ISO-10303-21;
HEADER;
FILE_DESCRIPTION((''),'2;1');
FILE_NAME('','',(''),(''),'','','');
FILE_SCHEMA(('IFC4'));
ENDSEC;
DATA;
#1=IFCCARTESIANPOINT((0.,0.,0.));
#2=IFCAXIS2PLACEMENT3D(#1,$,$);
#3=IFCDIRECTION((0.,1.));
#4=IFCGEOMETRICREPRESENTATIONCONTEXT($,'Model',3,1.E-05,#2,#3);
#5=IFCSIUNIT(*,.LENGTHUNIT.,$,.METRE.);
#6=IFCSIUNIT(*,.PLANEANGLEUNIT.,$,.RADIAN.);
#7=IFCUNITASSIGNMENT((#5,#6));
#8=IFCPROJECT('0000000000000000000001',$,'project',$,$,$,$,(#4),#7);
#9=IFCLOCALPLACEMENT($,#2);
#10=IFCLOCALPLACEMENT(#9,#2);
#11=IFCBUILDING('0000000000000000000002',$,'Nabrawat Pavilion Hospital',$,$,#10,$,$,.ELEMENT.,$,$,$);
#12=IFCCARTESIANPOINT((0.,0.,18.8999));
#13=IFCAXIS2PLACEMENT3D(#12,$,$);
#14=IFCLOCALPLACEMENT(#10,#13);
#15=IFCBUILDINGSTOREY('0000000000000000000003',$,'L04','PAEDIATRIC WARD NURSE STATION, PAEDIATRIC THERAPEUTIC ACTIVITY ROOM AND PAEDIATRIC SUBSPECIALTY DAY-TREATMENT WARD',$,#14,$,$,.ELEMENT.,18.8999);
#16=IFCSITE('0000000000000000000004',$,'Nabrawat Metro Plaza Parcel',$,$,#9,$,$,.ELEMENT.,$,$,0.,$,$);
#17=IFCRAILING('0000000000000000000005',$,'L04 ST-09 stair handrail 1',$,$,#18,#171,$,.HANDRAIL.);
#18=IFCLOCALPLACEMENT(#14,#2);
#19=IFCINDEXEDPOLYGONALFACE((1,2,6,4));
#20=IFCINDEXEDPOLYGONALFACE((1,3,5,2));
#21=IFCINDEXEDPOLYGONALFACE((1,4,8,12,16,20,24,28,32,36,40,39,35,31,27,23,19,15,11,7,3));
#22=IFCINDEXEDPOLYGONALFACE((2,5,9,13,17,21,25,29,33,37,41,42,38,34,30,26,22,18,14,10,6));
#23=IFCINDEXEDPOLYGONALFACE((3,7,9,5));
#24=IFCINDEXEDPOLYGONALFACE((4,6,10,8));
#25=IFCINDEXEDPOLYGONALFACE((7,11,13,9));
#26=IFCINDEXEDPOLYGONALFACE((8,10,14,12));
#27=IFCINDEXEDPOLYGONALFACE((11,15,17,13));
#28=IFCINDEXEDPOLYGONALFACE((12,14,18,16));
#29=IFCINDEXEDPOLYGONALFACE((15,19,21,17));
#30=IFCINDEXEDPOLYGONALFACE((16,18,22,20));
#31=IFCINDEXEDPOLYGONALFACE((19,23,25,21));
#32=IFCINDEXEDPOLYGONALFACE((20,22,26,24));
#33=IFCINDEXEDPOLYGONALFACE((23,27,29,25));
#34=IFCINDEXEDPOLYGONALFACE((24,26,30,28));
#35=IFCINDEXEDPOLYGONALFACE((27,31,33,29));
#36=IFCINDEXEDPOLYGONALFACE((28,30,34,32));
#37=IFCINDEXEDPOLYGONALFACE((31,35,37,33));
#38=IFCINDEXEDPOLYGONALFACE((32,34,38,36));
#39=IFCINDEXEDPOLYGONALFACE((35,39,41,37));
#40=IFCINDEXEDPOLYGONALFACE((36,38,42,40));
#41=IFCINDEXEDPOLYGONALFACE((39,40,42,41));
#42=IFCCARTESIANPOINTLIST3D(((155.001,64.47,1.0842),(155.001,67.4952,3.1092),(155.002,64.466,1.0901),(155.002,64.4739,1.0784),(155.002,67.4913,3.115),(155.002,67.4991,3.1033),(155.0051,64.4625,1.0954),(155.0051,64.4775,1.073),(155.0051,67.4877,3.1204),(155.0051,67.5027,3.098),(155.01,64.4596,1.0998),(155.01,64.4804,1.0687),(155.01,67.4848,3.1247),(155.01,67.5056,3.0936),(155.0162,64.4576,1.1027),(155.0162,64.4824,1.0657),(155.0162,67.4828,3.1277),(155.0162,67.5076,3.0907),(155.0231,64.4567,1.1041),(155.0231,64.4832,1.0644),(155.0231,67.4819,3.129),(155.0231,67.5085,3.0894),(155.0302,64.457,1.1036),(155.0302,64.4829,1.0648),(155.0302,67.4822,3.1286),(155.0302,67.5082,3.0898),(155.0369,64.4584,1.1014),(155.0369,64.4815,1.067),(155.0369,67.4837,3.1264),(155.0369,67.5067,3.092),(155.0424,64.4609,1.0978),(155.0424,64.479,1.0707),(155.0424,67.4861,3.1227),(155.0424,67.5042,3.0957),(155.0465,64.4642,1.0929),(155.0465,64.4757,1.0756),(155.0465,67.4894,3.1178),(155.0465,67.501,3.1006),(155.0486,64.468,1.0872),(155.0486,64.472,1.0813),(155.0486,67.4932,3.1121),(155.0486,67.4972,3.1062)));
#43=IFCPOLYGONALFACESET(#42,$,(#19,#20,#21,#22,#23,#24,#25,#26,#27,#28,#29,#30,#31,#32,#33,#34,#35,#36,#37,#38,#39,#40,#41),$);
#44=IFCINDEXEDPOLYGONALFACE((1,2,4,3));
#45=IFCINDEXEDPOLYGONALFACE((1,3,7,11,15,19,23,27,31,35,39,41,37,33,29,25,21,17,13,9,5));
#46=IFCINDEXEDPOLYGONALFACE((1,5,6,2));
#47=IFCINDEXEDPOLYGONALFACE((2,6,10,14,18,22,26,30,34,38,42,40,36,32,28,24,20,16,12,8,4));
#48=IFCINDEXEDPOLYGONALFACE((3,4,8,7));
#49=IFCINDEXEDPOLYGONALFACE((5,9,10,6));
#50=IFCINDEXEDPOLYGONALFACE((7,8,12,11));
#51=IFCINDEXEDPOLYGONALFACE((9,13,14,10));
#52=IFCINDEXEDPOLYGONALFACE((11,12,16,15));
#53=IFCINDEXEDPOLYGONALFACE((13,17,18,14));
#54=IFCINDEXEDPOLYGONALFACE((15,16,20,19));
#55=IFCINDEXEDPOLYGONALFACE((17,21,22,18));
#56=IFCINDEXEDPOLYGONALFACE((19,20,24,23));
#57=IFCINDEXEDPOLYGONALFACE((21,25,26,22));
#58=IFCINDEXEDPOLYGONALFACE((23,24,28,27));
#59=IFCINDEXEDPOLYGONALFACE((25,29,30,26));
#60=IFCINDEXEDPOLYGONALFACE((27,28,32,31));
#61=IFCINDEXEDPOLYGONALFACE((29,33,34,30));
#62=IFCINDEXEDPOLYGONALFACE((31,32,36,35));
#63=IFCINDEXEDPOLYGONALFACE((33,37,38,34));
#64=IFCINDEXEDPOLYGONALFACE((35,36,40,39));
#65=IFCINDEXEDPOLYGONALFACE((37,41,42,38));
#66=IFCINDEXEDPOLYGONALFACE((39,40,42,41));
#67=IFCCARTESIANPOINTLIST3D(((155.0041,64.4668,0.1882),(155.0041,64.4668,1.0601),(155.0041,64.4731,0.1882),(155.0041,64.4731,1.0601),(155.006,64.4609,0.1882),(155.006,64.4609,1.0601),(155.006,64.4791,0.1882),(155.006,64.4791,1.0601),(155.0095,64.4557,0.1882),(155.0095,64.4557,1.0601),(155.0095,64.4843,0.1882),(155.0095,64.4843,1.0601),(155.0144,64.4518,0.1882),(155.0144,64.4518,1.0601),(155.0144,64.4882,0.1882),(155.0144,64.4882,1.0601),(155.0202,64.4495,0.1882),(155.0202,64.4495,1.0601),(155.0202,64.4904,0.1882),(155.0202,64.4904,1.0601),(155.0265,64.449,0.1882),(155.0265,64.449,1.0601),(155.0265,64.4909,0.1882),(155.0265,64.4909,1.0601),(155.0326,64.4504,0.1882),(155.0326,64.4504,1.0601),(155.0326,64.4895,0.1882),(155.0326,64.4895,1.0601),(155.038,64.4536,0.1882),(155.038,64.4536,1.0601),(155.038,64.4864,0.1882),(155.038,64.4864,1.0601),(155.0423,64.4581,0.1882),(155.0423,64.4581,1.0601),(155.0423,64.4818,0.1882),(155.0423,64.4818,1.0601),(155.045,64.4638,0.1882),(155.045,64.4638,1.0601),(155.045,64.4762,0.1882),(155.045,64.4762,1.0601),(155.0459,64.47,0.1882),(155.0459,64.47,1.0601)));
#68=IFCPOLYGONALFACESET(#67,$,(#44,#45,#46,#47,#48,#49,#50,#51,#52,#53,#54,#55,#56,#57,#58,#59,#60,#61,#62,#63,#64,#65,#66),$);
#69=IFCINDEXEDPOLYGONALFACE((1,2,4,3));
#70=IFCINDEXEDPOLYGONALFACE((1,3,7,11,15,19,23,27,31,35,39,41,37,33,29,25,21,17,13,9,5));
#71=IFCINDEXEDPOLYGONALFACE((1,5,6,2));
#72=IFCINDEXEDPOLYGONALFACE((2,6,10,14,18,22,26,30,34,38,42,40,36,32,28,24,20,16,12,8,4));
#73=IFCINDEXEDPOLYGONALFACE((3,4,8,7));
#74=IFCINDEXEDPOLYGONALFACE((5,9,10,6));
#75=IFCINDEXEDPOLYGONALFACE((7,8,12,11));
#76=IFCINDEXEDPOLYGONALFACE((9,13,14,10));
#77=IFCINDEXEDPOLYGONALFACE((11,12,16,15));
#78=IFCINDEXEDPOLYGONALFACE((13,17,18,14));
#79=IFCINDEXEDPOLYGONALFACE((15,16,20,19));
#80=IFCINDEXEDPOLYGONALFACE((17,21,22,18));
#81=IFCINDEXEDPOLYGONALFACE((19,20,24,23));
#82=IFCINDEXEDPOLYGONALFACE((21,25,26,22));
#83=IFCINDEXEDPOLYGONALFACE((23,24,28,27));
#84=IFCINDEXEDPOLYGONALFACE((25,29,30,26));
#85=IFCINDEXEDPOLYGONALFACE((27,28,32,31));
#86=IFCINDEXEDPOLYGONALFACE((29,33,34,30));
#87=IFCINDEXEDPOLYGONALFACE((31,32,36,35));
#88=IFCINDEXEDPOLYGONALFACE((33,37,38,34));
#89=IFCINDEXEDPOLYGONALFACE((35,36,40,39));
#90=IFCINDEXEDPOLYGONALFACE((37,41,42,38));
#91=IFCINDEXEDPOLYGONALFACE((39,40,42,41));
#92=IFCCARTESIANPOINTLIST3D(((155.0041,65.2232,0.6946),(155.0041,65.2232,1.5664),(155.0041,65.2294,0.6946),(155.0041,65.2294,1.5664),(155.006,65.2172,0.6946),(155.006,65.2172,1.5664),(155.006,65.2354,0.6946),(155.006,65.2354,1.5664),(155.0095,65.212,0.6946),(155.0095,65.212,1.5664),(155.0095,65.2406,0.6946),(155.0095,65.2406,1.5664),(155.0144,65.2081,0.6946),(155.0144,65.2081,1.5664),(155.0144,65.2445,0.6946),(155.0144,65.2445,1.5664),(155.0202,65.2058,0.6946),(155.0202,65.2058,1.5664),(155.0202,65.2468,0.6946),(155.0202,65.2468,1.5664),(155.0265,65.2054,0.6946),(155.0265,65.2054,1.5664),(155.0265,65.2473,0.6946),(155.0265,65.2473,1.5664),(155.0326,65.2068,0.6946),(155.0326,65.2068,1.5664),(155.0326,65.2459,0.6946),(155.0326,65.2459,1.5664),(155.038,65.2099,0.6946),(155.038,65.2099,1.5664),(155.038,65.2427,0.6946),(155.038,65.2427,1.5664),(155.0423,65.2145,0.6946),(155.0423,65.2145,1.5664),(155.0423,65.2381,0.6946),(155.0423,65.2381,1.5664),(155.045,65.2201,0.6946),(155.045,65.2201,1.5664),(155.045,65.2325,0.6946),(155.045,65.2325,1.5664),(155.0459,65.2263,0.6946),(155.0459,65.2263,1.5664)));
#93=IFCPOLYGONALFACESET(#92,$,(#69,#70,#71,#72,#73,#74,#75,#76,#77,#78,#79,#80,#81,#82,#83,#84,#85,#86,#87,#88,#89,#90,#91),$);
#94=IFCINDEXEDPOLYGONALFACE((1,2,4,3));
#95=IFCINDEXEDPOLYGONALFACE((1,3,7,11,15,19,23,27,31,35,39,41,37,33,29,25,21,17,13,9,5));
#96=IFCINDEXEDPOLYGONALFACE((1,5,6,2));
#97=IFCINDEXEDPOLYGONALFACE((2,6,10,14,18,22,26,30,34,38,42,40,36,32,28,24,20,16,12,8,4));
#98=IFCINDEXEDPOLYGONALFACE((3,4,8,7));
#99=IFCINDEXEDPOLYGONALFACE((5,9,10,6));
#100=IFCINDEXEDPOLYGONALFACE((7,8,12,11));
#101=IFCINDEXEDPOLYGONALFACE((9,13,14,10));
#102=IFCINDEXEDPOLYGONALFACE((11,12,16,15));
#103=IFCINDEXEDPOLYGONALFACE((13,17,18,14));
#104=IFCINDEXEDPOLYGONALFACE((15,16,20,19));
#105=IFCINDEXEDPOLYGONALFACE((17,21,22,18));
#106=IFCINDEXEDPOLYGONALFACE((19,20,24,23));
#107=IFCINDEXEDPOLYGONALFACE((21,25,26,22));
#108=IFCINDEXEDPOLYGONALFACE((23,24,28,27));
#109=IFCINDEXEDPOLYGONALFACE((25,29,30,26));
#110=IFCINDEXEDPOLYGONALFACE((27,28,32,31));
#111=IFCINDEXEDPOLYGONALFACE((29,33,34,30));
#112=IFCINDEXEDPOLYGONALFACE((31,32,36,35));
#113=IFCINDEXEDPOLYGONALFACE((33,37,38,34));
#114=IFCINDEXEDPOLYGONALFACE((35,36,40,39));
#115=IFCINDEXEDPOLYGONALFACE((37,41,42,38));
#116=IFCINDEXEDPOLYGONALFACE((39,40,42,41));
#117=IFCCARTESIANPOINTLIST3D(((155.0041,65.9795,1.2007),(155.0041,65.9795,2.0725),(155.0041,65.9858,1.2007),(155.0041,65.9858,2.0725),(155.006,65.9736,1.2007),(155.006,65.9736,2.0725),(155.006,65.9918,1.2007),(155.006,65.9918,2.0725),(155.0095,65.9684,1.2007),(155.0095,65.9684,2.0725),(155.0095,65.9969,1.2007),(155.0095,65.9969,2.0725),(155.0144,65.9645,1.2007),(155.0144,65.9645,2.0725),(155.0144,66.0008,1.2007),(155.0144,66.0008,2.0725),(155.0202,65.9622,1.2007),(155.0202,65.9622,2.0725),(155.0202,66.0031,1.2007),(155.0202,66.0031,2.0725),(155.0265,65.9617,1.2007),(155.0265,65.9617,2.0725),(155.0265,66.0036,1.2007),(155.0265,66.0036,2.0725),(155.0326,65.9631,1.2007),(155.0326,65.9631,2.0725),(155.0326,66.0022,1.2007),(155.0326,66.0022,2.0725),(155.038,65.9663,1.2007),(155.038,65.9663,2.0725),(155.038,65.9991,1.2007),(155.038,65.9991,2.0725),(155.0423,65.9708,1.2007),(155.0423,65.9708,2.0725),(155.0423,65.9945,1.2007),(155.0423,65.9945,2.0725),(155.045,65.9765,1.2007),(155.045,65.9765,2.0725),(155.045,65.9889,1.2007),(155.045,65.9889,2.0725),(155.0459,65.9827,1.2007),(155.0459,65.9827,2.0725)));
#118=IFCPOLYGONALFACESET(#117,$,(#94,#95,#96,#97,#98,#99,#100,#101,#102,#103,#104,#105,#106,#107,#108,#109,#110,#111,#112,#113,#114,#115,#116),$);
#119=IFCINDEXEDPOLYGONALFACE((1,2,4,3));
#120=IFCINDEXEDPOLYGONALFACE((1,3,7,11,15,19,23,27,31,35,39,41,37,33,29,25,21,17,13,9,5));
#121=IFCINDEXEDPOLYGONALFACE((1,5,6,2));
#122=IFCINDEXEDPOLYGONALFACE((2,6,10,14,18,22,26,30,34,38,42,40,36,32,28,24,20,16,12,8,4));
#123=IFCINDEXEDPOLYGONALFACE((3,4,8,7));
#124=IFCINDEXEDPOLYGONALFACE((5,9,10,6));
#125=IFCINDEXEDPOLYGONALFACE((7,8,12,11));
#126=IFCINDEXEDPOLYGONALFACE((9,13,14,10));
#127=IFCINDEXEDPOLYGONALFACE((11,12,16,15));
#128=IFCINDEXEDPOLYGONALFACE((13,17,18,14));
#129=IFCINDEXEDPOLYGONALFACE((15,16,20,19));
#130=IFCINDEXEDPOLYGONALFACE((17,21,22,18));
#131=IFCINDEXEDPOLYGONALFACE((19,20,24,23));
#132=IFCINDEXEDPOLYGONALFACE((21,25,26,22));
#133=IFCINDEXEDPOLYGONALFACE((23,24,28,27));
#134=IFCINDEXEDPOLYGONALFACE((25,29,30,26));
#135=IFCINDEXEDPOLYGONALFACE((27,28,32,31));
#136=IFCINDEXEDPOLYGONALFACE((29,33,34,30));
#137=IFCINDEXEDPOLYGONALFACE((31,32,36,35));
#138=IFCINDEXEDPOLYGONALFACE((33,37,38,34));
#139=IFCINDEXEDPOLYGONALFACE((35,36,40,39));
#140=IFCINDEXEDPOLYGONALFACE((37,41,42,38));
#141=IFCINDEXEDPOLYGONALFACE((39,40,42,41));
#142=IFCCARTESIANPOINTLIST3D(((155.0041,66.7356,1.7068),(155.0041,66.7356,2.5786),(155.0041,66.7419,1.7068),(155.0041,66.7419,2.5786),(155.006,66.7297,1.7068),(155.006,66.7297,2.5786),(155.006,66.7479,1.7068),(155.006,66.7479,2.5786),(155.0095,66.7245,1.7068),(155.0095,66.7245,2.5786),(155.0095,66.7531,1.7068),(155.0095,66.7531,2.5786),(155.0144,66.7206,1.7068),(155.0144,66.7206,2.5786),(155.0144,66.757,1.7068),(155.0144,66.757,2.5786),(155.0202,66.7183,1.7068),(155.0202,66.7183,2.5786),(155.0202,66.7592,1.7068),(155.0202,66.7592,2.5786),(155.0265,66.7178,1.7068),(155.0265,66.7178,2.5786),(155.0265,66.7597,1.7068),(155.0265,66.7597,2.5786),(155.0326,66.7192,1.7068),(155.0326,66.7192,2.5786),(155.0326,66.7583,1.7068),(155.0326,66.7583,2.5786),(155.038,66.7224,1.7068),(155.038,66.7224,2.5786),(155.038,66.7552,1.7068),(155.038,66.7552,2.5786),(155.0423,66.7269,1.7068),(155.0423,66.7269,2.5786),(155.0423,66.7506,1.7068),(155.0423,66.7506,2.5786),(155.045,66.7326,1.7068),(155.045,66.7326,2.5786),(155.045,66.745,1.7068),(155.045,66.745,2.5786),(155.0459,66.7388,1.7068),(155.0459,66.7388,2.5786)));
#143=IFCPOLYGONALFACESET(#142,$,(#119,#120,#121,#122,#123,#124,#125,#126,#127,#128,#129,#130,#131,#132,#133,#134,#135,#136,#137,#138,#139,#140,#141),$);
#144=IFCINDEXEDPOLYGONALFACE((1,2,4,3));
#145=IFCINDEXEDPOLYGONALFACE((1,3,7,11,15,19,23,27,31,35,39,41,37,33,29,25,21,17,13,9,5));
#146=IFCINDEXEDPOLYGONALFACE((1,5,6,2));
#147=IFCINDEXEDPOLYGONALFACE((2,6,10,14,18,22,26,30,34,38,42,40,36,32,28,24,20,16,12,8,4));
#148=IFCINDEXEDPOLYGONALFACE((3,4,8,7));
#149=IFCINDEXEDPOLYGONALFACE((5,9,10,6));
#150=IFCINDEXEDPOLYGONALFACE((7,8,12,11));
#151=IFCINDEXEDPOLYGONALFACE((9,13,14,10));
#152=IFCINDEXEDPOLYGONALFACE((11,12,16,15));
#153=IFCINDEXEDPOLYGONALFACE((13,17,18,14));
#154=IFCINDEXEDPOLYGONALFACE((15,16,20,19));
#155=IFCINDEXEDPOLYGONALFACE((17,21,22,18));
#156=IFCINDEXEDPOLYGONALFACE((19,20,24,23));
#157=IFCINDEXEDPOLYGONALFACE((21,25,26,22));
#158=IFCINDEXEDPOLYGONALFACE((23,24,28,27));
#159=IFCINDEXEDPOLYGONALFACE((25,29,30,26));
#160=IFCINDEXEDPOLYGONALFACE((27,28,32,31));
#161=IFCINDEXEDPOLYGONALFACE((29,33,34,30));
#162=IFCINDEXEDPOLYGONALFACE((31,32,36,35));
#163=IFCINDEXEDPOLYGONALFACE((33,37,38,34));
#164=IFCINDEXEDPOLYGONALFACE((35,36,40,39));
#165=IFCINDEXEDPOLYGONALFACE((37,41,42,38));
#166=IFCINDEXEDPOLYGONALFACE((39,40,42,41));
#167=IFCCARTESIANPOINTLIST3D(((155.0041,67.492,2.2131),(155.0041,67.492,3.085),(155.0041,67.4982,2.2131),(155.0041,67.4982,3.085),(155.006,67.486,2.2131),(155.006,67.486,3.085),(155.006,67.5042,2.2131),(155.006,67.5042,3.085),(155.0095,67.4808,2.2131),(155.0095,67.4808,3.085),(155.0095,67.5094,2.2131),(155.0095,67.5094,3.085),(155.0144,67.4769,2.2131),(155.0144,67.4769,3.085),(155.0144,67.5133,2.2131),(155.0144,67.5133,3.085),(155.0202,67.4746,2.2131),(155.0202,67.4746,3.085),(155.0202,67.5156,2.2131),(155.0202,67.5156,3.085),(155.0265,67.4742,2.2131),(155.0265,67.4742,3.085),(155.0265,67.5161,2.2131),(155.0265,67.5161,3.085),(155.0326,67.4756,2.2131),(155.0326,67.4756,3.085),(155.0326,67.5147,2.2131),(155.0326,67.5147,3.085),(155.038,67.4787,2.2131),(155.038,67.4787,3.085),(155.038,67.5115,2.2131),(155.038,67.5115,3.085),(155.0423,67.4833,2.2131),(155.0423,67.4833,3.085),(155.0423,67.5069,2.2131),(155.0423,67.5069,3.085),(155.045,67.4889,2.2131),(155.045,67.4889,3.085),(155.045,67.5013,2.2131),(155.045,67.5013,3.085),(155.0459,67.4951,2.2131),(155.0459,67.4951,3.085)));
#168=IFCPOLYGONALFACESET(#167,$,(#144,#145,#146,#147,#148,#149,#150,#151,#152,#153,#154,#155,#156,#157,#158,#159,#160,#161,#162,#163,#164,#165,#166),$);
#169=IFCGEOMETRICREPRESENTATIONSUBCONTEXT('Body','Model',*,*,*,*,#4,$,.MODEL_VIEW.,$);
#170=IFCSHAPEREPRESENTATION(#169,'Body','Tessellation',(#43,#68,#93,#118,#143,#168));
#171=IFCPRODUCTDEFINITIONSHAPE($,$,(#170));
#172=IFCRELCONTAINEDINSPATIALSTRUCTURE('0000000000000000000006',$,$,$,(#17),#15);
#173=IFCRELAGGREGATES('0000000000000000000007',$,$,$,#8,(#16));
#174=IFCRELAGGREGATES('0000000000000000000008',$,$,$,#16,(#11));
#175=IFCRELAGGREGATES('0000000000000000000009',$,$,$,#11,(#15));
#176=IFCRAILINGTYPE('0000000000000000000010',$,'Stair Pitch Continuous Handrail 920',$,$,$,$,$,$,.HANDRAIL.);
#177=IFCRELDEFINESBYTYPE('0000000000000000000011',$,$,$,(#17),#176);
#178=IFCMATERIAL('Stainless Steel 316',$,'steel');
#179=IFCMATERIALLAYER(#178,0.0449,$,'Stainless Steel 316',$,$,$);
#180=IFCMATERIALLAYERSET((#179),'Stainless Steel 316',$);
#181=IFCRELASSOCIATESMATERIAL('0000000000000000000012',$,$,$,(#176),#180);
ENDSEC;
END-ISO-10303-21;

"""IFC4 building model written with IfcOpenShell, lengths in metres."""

from ifc_helpers import new_model, si_unit, direction, frame, origin, origin_2d, place, context, subcontext, project, spatial, circle, extrude, material, layer, layer_set, type_object, element, save


model = new_model("IFC4")

# Units and contexts
model_context = context("Model", 3, precision=1e-05, world=origin(), true_north=direction((0.0, 1.0)))
body_context = subcontext(model_context, "Body", "Model", "MODEL_VIEW")
ifc_project = project(units=[si_unit("LENGTHUNIT", "METRE"), si_unit("PLANEANGLEUNIT", "RADIAN")], contexts=[model_context])

# Site, building, storey
site_placement = place(None, origin())
site = spatial("IfcSite", under=ifc_project, at=site_placement, Name="Nabrawat Metro Plaza Parcel", CompositionType="ELEMENT", RefElevation=0.0)
building_placement = place(site_placement, origin())
building = spatial("IfcBuilding", under=site, at=building_placement, Name="Nabrawat Pavilion Hospital", CompositionType="ELEMENT")
storey_placement = place(building_placement, frame((0.0, 0.0, 18.8999)))
storey = spatial("IfcBuildingStorey", under=building, at=storey_placement, Name="L04", Description="PAEDIATRIC WARD NURSE STATION, PAEDIATRIC THERAPEUTIC ACTIVITY ROOM AND PAEDIATRIC SUBSPECIALTY DAY-TREATMENT WARD", CompositionType="ELEMENT", Elevation=18.8999)

# Railing
ifc_material_1 = material(Name="Stainless Steel 316", Category="steel")
ifc_layer_1 = layer(ifc_material_1, 0.0449, Name="Stainless Steel 316")
ifc_layer_set_1 = layer_set([ifc_layer_1], Name="Stainless Steel 316")
railing_type_1 = type_object("IfcRailingType", Name="Stair Pitch Continuous Handrail 920", PredefinedType="HANDRAIL", material=ifc_layer_set_1)
railing_1_placement = place(storey_placement, frame((155.0249, 64.47, 0.1882)))
element("IfcRailing", 1, at=railing_1_placement, inside=storey, type_object=railing_type_1, Name="L04 ST-09 stair handrail 1", PredefinedType="HANDRAIL", context=body_context, shape_type="SweptSolid", body=[
    extrude(circle(Radius=0.0239, at=origin_2d()), frame((0.0, 0.0, 0.896), z_axis=(0.0, 0.831017, 0.556247), x_axis=(-1.0, 0.0, 0.0)), (0.0, 0.0, 1.0), 3.6404),
    extrude(circle(Radius=0.021, at=origin_2d()), origin(), (0.0, 0.0, 1.0), 0.8718),
    extrude(circle(Radius=0.021, at=origin_2d()), frame((0.0, 0.7563, 0.5063)), (0.0, 0.0, 1.0), 0.8718),
    extrude(circle(Radius=0.021, at=origin_2d()), frame((0.0, 1.5127, 1.0125)), (0.0, 0.0, 1.0), 0.8718),
    extrude(circle(Radius=0.021, at=origin_2d()), frame((0.0, 2.2688, 1.5186)), (0.0, 0.0, 1.0), 0.8718),
    extrude(circle(Radius=0.021, at=origin_2d()), frame((0.0, 3.0251, 2.0249)), (0.0, 0.0, 1.0), 0.8718),
])

save(model, "model.ifc")
